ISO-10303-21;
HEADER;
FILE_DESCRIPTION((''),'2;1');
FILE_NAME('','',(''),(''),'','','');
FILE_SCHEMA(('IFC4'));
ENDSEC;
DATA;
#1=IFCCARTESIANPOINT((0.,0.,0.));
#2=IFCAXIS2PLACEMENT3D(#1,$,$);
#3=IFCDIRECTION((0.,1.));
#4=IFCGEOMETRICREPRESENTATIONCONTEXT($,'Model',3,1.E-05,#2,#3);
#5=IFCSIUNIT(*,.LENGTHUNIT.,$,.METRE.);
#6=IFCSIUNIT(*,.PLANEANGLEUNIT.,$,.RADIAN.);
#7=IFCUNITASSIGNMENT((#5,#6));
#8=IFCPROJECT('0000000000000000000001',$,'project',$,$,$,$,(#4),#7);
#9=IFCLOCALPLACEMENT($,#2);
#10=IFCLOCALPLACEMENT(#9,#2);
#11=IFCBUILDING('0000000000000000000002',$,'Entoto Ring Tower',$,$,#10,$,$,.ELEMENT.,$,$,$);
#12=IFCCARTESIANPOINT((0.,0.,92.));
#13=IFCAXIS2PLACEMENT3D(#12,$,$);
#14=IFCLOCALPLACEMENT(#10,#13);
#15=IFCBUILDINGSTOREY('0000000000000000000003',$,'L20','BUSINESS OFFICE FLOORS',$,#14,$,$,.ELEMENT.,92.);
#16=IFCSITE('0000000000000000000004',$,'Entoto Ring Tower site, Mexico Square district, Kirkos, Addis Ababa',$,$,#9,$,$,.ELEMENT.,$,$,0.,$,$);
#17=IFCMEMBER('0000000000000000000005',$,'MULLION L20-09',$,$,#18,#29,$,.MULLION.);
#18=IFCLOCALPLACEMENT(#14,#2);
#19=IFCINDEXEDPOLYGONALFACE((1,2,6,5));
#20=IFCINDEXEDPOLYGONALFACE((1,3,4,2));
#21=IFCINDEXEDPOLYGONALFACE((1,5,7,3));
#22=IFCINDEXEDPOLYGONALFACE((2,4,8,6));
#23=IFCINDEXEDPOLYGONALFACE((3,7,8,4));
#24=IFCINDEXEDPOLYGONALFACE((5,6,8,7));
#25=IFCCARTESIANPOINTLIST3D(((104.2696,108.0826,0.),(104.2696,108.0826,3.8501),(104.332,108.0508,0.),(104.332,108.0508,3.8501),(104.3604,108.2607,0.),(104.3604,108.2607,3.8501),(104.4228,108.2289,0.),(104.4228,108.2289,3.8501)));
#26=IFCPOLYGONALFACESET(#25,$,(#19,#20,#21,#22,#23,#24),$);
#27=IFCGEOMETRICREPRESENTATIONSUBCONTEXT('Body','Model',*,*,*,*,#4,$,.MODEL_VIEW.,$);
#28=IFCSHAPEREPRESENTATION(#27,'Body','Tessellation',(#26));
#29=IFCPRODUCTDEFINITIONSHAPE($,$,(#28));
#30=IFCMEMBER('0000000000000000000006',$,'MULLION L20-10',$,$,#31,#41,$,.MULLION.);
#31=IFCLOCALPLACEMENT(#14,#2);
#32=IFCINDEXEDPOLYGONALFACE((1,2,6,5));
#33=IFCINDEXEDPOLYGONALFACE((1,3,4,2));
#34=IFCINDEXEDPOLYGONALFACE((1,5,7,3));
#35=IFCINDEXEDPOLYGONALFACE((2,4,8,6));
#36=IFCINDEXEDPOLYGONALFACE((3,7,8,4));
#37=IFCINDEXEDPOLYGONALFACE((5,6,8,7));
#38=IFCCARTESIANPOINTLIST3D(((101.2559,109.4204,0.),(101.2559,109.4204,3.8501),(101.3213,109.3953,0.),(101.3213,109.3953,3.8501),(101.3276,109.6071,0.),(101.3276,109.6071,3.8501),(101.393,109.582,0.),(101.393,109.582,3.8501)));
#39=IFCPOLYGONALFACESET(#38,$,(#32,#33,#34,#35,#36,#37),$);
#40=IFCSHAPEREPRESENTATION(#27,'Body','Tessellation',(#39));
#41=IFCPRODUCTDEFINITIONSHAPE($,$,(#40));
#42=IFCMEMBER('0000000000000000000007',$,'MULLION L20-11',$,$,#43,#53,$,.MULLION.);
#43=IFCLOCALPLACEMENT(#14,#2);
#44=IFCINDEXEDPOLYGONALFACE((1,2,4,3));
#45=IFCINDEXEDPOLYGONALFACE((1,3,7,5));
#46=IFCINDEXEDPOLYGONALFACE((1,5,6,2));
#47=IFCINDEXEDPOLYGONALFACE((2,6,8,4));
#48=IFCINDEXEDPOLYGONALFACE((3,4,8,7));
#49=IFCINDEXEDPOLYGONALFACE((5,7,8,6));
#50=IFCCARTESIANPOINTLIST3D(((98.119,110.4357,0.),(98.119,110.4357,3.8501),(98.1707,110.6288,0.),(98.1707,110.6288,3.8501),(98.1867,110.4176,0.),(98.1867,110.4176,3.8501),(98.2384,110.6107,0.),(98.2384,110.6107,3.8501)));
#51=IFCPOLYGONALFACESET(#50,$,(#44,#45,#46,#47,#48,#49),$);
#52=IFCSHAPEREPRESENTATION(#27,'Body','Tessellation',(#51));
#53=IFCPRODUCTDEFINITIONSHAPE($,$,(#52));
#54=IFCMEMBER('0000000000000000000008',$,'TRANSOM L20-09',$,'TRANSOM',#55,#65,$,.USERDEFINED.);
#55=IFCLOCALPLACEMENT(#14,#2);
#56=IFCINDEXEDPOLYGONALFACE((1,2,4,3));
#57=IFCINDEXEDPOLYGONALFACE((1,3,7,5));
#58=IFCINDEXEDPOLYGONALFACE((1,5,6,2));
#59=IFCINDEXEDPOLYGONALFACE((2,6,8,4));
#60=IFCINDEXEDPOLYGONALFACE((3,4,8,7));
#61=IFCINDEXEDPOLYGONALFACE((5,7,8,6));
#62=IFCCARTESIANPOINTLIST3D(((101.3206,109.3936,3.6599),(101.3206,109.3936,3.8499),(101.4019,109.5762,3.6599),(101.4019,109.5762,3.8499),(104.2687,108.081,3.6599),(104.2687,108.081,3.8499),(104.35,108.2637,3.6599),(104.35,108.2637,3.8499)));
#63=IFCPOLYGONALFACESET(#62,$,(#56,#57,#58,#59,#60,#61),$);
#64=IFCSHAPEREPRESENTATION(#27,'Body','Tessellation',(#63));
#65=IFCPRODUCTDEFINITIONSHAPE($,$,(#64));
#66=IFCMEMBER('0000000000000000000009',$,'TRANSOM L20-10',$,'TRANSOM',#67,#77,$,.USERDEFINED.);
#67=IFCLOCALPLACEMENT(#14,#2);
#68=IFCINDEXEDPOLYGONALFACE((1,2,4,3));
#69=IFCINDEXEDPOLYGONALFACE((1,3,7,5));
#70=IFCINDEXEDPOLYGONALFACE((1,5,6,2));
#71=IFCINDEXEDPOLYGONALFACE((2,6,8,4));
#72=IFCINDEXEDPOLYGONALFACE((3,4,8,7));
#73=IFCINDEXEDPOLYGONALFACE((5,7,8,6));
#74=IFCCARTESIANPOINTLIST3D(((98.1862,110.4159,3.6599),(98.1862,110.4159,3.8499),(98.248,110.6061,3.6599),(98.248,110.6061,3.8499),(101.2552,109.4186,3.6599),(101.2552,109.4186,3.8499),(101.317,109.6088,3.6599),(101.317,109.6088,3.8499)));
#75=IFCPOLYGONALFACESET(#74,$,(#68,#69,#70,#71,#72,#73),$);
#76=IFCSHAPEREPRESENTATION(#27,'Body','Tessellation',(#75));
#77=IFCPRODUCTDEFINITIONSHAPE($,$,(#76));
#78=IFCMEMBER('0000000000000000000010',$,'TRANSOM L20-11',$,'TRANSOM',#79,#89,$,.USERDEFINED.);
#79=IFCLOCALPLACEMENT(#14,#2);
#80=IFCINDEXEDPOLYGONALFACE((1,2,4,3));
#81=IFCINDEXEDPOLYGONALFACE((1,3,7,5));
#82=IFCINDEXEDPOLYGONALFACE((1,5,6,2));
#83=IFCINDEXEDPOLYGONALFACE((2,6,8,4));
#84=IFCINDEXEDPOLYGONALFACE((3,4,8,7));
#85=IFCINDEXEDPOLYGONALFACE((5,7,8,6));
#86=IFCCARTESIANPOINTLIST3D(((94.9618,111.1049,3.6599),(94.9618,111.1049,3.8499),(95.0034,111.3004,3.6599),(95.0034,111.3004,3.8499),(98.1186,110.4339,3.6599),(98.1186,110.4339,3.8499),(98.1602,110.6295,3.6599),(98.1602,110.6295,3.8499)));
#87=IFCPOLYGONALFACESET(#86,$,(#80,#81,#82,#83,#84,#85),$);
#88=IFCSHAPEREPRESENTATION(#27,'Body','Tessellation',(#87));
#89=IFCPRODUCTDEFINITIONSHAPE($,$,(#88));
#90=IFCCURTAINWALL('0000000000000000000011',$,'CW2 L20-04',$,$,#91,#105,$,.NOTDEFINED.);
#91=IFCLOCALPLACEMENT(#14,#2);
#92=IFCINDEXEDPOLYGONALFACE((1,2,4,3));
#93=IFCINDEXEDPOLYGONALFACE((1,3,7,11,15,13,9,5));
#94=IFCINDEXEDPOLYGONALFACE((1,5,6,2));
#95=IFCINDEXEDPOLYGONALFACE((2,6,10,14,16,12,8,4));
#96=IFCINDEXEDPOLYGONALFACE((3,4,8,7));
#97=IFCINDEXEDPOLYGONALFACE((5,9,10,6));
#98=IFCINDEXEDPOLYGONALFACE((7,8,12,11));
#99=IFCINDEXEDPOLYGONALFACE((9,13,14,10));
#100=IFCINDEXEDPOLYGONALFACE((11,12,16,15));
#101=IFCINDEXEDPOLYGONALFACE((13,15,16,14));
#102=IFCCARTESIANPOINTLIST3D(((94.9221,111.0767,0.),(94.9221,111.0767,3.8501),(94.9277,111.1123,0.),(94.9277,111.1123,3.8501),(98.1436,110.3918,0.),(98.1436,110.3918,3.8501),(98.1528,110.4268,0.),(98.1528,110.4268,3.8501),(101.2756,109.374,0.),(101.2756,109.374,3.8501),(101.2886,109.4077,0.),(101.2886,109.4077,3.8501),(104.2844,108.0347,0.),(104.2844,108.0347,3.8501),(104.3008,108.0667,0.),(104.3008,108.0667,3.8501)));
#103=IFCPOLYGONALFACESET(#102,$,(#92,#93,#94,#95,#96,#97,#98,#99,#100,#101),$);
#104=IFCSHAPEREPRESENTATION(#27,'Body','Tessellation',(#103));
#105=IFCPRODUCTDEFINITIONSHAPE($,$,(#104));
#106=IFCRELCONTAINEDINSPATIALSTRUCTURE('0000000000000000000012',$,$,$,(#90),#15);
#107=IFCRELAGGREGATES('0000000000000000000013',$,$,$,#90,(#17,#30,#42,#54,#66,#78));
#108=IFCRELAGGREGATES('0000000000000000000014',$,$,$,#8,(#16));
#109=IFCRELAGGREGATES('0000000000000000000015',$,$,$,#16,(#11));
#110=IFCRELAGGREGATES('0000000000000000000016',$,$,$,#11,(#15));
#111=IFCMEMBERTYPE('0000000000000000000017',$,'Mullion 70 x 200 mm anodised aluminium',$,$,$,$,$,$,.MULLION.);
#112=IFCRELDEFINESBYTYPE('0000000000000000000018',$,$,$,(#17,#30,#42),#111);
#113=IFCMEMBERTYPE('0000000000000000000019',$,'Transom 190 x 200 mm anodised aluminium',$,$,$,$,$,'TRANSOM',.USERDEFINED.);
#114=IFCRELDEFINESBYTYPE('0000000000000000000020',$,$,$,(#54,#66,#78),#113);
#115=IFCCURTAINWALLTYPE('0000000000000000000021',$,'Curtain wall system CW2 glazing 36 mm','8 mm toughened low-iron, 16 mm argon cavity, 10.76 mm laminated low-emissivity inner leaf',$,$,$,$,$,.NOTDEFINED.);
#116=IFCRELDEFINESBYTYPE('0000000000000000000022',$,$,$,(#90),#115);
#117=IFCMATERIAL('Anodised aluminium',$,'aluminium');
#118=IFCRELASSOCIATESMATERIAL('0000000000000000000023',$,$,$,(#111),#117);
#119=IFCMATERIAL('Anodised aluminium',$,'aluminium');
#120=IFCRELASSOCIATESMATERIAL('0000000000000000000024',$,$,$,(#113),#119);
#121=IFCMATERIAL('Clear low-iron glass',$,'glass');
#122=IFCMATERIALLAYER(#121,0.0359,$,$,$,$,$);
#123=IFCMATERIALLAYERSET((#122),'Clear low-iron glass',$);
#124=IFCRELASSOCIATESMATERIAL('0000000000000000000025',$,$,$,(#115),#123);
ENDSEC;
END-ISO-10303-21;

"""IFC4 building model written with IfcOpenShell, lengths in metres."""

from ifc_helpers import new_model, si_unit, direction, frame, origin, origin_2d, place, context, subcontext, project, spatial, polyline, rectangle, outline, extrude, material, layer, layer_set, material_profile, profile_set, type_object, element, aggregate, save


model = new_model("IFC4")

# Units and contexts
model_context = context("Model", 3, precision=1e-05, world=origin(), true_north=direction((0.0, 1.0)))
body_context = subcontext(model_context, "Body", "Model", "MODEL_VIEW")
ifc_project = project(units=[si_unit("LENGTHUNIT", "METRE"), si_unit("PLANEANGLEUNIT", "RADIAN")], contexts=[model_context])

# Members
ifc_material_1 = material(Name="Anodised aluminium", Category="aluminium")
ifc_material_profile_1 = material_profile(ifc_material_1, rectangle(XDim=0.0701, YDim=0.2, at=origin_2d()), Name="Mullion 70 x 200 mm anodised aluminium")
ifc_profile_set_1 = profile_set([ifc_material_profile_1], Name="Anodised aluminium")
member_type_1 = type_object("IfcMemberType", Name="Mullion 70 x 200 mm anodised aluminium", PredefinedType="MULLION", material=ifc_profile_set_1)
site_placement = place(None, origin())
building_placement = place(site_placement, origin())
storey_placement = place(building_placement, frame((0.0, 0.0, 92.0)))
member_1_placement = place(storey_placement, frame((104.3462, 108.1558, 0.0), z_axis=(0.0, 0.0, 1.0), x_axis=(-0.891007, 0.45399, 0.0)))
member_1 = element("IfcMember", 1, at=member_1_placement, type_object=member_type_1, Name="MULLION L20-09", PredefinedType="MULLION", context=body_context, shape_type="SweptSolid", body=[
    extrude(rectangle(XDim=0.0701, YDim=0.2, at=origin_2d()), origin(), (0.0, 0.0, 1.0), 3.8501),
])
member_2_placement = place(storey_placement, frame((101.3245, 109.5012, 0.0), z_axis=(0.0, 0.0, 1.0), x_axis=(-0.93358, 0.358368, 0.0)))
member_2 = element("IfcMember", 2, at=member_2_placement, type_object=member_type_1, Name="MULLION L20-10", PredefinedType="MULLION", context=body_context, shape_type="SweptSolid", body=[
    extrude(rectangle(XDim=0.0701, YDim=0.2, at=origin_2d()), origin(), (0.0, 0.0, 1.0), 3.8501),
])
member_3_placement = place(storey_placement, frame((98.1787, 110.5232, 0.0), z_axis=(0.0, 0.0, 1.0), x_axis=(-0.965926, 0.258819, 0.0)))
member_3 = element("IfcMember", 3, at=member_3_placement, type_object=member_type_1, Name="MULLION L20-11", PredefinedType="MULLION", context=body_context, shape_type="SweptSolid", body=[
    extrude(rectangle(XDim=0.0701, YDim=0.2, at=origin_2d()), origin(), (0.0, 0.0, 1.0), 3.8501),
])
ifc_material_2 = material(Name="Anodised aluminium", Category="aluminium")
ifc_material_profile_2 = material_profile(ifc_material_2, rectangle(XDim=0.2, YDim=0.1899, at=origin_2d()), Name="Transom 190 x 200 mm anodised aluminium")
ifc_profile_set_2 = profile_set([ifc_material_profile_2], Name="Anodised aluminium")
member_type_2 = type_object("IfcMemberType", Name="Transom 190 x 200 mm anodised aluminium", ElementType="TRANSOM", PredefinedType="USERDEFINED", material=ifc_profile_set_2)
member_4_placement = place(storey_placement, frame((104.3093, 108.1724, 3.7549), z_axis=(-0.913549, 0.406728, 0.0), x_axis=(-0.406728, -0.913549, 0.0)))
member_4 = element("IfcMember", 4, at=member_4_placement, type_object=member_type_2, Name="TRANSOM L20-09", ObjectType="TRANSOM", PredefinedType="USERDEFINED", context=body_context, shape_type="SweptSolid", body=[
    extrude(rectangle(XDim=0.2, YDim=0.1899, at=origin_2d()), origin(), (0.0, 0.0, 1.0), 3.2271),
])
member_5_placement = place(storey_placement, frame((101.2861, 109.5137, 3.7549), z_axis=(-0.951047, 0.309047, 0.0), x_axis=(-0.309047, -0.951047, 0.0)))
member_5 = element("IfcMember", 5, at=member_5_placement, type_object=member_type_2, Name="TRANSOM L20-10", ObjectType="TRANSOM", PredefinedType="USERDEFINED", context=body_context, shape_type="SweptSolid", body=[
    extrude(rectangle(XDim=0.2, YDim=0.1899, at=origin_2d()), origin(), (0.0, 0.0, 1.0), 3.2271),
])
member_6_placement = place(storey_placement, frame((98.1394, 110.5317, 3.7549), z_axis=(-0.978153, 0.207886, 0.0), x_axis=(-0.207886, -0.978153, 0.0)))
member_6 = element("IfcMember", 6, at=member_6_placement, type_object=member_type_2, Name="TRANSOM L20-11", ObjectType="TRANSOM", PredefinedType="USERDEFINED", context=body_context, shape_type="SweptSolid", body=[
    extrude(rectangle(XDim=0.2, YDim=0.1899, at=origin_2d()), origin(), (0.0, 0.0, 1.0), 3.2273),
])

# Site, building, storey
site = spatial("IfcSite", under=ifc_project, at=site_placement, Name="Entoto Ring Tower site, Mexico Square district, Kirkos, Addis Ababa", CompositionType="ELEMENT", RefElevation=0.0)
building = spatial("IfcBuilding", under=site, at=building_placement, Name="Entoto Ring Tower", CompositionType="ELEMENT")
storey = spatial("IfcBuildingStorey", under=building, at=storey_placement, Name="L20", Description="BUSINESS OFFICE FLOORS", CompositionType="ELEMENT", Elevation=92.0)

# Curtain wall
ifc_material_3 = material(Name="Clear low-iron glass", Category="glass")
ifc_layer = layer(ifc_material_3, 0.0359)
ifc_layer_set = layer_set([ifc_layer], Name="Clear low-iron glass")
curtain_wall_type = type_object("IfcCurtainWallType", Name="Curtain wall system CW2 glazing 36 mm", Description="8 mm toughened low-iron, 16 mm argon cavity, 10.76 mm laminated low-emissivity inner leaf", PredefinedType="NOTDEFINED", material=ifc_layer_set)
curtain_wall_1_placement = place(storey_placement, origin())
curtain_wall_1 = element("IfcCurtainWall", 7, at=curtain_wall_1_placement, inside=storey, type_object=curtain_wall_type, Name="CW2 L20-04", PredefinedType="NOTDEFINED", context=body_context, shape_type="SweptSolid", body=[
    extrude(outline(polyline([(104.3008, 108.0667), (101.2886, 109.4077), (98.1528, 110.4268), (94.9277, 111.1123), (94.9221, 111.0767), (98.1436, 110.3918), (101.2756, 109.374), (104.2844, 108.0347), (104.3008, 108.0667)])), origin(), (0.0, 0.0, 1.0), 3.8501),
])
aggregate(curtain_wall_1, [member_1, member_2, member_3, member_4, member_5, member_6])

save(model, "model.ifc")
